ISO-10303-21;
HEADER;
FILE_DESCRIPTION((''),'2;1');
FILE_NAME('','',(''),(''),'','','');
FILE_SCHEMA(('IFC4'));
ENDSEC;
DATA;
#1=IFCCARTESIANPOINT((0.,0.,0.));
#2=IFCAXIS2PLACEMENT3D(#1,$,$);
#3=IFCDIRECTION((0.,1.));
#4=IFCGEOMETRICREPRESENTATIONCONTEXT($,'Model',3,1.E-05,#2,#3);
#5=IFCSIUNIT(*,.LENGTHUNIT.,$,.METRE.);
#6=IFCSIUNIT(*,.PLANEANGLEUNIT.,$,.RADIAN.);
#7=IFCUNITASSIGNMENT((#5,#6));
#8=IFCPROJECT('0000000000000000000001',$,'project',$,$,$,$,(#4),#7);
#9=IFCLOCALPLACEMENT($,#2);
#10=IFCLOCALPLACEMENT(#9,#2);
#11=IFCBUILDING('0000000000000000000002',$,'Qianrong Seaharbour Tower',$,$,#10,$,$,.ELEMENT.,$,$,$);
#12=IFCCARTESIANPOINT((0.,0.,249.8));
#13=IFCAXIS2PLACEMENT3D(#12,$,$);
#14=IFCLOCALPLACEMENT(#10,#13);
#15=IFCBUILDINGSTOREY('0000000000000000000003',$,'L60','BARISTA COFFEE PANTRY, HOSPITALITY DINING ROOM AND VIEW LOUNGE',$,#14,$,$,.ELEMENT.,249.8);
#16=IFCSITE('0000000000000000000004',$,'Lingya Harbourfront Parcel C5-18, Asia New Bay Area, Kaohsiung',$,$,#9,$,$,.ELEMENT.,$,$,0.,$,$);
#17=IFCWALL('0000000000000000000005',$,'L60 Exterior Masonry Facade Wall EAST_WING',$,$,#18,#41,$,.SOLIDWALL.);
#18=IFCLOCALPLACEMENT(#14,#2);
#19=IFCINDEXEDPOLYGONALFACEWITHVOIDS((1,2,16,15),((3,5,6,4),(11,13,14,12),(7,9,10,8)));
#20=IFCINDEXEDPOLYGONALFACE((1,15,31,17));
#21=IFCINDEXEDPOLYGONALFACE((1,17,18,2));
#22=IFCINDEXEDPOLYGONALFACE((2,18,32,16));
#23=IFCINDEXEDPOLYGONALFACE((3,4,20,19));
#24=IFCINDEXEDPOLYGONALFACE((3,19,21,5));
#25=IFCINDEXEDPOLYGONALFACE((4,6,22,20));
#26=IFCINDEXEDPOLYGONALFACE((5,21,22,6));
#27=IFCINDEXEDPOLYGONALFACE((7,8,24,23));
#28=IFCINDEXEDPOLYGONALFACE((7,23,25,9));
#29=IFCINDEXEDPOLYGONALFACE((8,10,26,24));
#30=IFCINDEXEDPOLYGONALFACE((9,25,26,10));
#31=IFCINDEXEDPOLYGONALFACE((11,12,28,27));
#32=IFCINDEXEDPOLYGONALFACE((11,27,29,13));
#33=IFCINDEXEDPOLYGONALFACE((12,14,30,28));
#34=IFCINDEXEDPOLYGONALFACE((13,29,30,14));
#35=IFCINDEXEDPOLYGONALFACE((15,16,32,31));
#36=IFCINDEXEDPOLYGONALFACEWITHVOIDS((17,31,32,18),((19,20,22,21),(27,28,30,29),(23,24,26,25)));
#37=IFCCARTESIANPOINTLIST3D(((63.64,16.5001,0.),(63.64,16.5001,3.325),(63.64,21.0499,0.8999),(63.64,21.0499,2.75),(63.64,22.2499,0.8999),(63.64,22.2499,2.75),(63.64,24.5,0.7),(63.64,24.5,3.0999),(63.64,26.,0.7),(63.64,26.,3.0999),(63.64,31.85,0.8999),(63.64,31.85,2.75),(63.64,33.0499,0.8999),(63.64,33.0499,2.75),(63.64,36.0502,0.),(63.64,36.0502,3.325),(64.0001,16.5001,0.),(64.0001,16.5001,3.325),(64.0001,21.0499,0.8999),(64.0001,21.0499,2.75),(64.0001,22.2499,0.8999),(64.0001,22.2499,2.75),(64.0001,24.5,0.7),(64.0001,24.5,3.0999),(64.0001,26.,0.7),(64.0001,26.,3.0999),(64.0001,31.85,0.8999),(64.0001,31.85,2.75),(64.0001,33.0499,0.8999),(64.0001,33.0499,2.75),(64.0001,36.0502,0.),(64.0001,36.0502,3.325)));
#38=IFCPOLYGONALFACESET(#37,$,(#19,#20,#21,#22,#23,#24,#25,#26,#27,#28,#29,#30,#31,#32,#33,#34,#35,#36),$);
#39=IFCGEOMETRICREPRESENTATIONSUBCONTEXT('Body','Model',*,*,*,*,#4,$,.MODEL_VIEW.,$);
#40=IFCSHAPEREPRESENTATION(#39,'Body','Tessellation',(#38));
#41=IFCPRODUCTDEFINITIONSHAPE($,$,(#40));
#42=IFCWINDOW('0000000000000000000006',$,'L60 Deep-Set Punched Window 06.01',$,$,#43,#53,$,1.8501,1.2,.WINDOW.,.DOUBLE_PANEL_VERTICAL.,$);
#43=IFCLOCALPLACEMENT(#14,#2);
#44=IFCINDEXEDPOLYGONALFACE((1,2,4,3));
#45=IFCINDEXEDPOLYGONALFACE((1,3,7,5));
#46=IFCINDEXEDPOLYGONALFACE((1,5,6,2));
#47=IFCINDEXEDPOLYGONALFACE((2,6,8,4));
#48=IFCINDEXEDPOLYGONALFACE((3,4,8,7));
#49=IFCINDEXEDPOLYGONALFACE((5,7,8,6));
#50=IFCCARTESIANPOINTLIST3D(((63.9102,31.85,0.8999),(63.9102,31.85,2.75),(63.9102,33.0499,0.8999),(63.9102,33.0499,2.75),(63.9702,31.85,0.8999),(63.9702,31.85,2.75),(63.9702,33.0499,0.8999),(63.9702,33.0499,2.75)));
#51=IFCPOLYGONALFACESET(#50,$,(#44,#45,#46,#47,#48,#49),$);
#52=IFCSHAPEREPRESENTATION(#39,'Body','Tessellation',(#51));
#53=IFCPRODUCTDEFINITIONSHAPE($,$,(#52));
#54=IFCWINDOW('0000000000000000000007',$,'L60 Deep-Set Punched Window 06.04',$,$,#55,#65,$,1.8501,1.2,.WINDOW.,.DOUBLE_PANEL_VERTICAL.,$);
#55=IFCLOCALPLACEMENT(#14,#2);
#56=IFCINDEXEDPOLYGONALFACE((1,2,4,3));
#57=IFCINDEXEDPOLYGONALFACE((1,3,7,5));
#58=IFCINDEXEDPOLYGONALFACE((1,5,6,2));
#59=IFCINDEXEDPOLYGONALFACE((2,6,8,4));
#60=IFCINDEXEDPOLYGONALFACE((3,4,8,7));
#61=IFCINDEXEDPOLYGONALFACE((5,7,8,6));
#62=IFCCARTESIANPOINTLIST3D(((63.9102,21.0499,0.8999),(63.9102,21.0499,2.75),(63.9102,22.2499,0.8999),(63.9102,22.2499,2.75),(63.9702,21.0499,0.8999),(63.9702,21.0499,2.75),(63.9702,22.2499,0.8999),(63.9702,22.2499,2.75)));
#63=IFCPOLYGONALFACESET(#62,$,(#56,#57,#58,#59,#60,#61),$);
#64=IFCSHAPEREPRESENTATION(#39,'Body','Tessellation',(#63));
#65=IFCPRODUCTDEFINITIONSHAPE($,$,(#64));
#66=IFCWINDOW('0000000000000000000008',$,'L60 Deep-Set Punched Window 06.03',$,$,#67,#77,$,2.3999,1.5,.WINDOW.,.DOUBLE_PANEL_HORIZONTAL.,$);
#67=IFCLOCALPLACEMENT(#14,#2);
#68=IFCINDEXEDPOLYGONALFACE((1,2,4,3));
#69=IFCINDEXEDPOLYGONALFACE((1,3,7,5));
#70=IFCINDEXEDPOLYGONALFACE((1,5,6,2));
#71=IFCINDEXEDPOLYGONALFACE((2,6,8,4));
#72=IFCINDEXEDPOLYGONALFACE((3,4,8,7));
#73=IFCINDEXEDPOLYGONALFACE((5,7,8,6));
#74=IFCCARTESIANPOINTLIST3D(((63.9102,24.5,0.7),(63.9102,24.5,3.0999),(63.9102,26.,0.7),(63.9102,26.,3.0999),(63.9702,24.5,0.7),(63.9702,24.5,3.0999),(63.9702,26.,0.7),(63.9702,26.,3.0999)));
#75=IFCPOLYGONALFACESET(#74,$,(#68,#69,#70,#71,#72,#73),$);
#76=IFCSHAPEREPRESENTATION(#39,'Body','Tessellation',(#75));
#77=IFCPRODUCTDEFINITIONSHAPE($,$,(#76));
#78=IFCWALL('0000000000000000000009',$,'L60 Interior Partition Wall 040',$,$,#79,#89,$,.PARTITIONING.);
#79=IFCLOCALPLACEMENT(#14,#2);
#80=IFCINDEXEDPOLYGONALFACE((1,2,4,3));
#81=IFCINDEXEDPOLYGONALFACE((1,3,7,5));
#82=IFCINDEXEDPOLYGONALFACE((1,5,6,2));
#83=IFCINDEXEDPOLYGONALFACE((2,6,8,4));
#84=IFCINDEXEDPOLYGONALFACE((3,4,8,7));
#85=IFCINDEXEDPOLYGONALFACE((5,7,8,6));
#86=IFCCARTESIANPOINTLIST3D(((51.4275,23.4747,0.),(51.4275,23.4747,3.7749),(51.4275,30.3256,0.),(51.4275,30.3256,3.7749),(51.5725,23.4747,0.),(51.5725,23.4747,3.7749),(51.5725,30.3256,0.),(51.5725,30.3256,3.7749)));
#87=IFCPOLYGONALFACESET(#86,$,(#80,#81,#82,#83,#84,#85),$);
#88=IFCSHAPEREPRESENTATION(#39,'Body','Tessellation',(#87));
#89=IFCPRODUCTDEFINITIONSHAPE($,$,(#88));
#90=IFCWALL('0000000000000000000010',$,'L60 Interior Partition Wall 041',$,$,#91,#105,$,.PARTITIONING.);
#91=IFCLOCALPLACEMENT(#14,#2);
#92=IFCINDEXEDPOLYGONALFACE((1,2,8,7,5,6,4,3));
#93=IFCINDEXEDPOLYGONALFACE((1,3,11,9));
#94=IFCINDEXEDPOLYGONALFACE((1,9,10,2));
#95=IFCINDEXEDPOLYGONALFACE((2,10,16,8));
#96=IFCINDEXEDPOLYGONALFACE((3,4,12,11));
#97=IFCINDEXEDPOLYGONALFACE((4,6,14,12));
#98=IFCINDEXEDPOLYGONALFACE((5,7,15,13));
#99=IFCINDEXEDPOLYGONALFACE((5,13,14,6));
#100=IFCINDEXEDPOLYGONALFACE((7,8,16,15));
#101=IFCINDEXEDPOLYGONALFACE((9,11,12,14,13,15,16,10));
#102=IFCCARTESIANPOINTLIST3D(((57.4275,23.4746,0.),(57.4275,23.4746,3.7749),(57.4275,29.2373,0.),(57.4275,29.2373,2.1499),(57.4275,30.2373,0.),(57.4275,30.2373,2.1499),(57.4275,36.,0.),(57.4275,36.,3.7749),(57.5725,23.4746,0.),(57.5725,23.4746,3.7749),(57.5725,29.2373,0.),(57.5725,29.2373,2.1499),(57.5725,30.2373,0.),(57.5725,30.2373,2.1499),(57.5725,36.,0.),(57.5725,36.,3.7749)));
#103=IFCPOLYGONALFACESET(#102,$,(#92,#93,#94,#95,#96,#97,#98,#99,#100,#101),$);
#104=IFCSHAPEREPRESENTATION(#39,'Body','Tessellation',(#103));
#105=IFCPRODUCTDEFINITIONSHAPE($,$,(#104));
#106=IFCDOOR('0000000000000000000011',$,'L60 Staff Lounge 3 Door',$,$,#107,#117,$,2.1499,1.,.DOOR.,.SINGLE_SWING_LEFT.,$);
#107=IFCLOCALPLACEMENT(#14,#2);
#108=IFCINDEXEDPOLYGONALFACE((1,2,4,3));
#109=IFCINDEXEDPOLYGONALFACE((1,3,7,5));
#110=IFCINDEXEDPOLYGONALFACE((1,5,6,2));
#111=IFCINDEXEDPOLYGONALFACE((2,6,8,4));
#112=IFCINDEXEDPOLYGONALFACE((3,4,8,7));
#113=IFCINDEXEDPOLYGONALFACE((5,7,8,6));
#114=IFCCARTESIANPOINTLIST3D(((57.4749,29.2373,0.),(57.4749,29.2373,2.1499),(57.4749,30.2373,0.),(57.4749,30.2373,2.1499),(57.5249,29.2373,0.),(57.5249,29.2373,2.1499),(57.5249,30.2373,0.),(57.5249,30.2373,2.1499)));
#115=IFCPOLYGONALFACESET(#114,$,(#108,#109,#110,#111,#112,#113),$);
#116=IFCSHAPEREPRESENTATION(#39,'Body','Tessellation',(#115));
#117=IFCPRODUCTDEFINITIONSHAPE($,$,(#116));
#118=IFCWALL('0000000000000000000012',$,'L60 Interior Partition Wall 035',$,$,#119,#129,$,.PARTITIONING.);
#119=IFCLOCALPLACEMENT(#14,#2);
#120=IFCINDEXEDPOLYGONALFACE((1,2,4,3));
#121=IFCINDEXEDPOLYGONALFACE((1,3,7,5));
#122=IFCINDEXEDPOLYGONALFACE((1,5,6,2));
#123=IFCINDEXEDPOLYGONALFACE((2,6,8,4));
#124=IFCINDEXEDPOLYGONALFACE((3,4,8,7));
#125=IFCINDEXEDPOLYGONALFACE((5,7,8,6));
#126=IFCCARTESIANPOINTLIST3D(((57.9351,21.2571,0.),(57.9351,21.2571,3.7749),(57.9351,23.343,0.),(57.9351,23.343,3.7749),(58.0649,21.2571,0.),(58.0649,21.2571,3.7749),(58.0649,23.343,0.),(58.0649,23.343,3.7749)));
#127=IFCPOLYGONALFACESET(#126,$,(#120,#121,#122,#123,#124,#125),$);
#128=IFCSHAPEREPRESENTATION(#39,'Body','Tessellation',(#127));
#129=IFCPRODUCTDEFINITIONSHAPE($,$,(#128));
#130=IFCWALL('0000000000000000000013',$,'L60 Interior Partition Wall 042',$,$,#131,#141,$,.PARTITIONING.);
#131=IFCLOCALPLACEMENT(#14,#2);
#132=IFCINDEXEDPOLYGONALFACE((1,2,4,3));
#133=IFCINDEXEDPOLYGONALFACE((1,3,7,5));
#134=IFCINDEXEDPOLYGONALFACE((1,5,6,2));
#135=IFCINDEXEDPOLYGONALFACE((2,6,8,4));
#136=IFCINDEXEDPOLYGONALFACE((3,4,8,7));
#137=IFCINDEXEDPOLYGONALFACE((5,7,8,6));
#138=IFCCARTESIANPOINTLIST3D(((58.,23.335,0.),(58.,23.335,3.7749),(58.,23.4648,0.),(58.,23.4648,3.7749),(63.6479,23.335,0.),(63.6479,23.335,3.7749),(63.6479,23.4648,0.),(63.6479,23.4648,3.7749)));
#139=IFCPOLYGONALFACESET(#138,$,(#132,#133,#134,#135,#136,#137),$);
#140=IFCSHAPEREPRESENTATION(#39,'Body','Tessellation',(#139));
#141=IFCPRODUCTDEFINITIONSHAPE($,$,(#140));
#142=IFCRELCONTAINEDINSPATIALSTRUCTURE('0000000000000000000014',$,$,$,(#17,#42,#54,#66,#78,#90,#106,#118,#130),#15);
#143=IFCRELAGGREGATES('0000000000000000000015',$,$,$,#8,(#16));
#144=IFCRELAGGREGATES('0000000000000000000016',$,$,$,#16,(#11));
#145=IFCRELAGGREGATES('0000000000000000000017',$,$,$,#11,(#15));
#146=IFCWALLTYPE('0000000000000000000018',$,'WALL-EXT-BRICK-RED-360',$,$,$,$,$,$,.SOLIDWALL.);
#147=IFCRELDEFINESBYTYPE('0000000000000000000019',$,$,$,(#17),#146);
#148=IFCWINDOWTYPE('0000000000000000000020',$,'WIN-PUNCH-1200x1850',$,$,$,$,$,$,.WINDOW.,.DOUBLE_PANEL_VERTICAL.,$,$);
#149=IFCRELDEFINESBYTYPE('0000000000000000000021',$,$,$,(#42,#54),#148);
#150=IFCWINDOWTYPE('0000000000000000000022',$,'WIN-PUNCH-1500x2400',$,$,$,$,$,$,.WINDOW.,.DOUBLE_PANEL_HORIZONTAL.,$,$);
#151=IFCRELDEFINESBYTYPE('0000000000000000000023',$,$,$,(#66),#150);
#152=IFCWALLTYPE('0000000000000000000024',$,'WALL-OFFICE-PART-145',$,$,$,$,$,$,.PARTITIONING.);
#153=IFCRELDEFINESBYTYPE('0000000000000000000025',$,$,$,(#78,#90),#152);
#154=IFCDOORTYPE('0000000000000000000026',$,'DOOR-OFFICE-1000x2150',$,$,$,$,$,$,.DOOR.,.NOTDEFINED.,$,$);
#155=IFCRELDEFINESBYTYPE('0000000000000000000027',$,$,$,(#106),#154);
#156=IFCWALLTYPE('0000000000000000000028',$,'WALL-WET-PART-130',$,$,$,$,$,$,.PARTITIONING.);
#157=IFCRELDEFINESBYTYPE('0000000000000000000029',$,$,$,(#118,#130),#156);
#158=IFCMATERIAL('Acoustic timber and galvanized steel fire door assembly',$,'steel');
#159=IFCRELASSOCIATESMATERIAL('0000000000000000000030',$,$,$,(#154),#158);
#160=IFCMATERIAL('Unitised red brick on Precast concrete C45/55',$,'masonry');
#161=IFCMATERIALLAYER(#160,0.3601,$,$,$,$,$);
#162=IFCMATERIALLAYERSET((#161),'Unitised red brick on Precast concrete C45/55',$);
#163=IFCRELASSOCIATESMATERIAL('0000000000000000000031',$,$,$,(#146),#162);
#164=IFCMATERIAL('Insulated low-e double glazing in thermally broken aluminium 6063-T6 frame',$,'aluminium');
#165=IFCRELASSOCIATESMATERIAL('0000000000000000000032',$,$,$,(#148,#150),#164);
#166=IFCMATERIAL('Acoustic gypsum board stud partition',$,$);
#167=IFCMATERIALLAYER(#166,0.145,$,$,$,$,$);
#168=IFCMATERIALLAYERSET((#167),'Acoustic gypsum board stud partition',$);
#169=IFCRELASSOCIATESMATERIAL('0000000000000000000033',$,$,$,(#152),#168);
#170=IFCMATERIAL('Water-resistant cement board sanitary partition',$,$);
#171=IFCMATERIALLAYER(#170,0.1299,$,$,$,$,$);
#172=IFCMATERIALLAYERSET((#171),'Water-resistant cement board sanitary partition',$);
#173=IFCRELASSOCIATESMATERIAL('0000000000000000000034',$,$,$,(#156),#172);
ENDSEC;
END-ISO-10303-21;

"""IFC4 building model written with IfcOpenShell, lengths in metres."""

from ifc_helpers import new_model, si_unit, direction, frame, frame_2d, origin, place, context, subcontext, project, spatial, rectangle, extrude, material, layer, layer_set, type_object, element, fill, save


model = new_model("IFC4")

# Units and contexts
model_context = context("Model", 3, precision=1e-05, world=origin(), true_north=direction((0.0, 1.0)))
body_context = subcontext(model_context, "Body", "Model", "MODEL_VIEW")
ifc_project = project(units=[si_unit("LENGTHUNIT", "METRE"), si_unit("PLANEANGLEUNIT", "RADIAN")], contexts=[model_context])

# Site, building, storey
site_placement = place(None, origin())
site = spatial("IfcSite", under=ifc_project, at=site_placement, Name="Lingya Harbourfront Parcel C5-18, Asia New Bay Area, Kaohsiung", CompositionType="ELEMENT", RefElevation=0.0)
building_placement = place(site_placement, origin())
building = spatial("IfcBuilding", under=site, at=building_placement, Name="Qianrong Seaharbour Tower", CompositionType="ELEMENT")
storey_placement = place(building_placement, frame((0.0, 0.0, 249.8)))
storey = spatial("IfcBuildingStorey", under=building, at=storey_placement, Name="L60", Description="BARISTA COFFEE PANTRY, HOSPITALITY DINING ROOM AND VIEW LOUNGE", CompositionType="ELEMENT", Elevation=249.8)

# Shared definitions
ifc_material_1 = material(Name="Acoustic timber and galvanized steel fire door assembly", Category="steel")
door_type = type_object("IfcDoorType", Name="DOOR-OFFICE-1000x2150", OperationType="NOTDEFINED", PredefinedType="DOOR", material=ifc_material_1)

# Wall, openings, windows
ifc_material_2 = material(Name="Unitised red brick on Precast concrete C45/55", Category="masonry")
ifc_layer_1 = layer(ifc_material_2, 0.3601)
ifc_layer_set_1 = layer_set([ifc_layer_1], Name="Unitised red brick on Precast concrete C45/55")
wall_type_1 = type_object("IfcWallType", Name="WALL-EXT-BRICK-RED-360", PredefinedType="SOLIDWALL", material=ifc_layer_set_1)
wall_1_placement = place(storey_placement, frame((63.8201, 36.05, 0.0), z_axis=(0.0, 0.0, 1.0), x_axis=(0.0, -1.0, 0.0)))
wall_1 = element("IfcWall", 1, at=wall_1_placement, inside=storey, type_object=wall_type_1, Name="L60 Exterior Masonry Facade Wall EAST_WING", PredefinedType="SOLIDWALL", context=body_context, shape_type="SweptSolid", body=[
    extrude(rectangle(XDim=19.55, YDim=0.3601, at=frame_2d((9.7749, 0.0))), origin(), (0.0, 0.0, 1.0), 3.325),
])
opening_1_placement = place(wall_1_placement, frame((3.0, 0.0, 0.8999)))
opening_1 = element("IfcOpeningElement", 2, at=opening_1_placement, cuts=wall_1, PredefinedType="OPENING", context=body_context, shape_type="SweptSolid", body=[
    extrude(rectangle(XDim=1.2, YDim=1.8501, at=frame_2d((0.6001, 0.925))), frame((0.0, 0.1899, 0.0), z_axis=(0.0, -1.0, 0.0), x_axis=(1.0, 0.0, 0.0)), (0.0, 0.0, 1.0), 0.3801),
])
opening_2_placement = place(wall_1_placement, frame((10.05, 0.0, 0.7)))
opening_2 = element("IfcOpeningElement", 3, at=opening_2_placement, cuts=wall_1, PredefinedType="OPENING", context=body_context, shape_type="SweptSolid", body=[
    extrude(rectangle(XDim=1.5, YDim=2.3999, at=frame_2d((0.75, 1.2))), frame((0.0, 0.1899, 0.0), z_axis=(0.0, -1.0, 0.0), x_axis=(1.0, 0.0, 0.0)), (0.0, 0.0, 1.0), 0.3801),
])
opening_3_placement = place(wall_1_placement, frame((13.8, 0.0, 0.8999)))
opening_3 = element("IfcOpeningElement", 4, at=opening_3_placement, cuts=wall_1, PredefinedType="OPENING", context=body_context, shape_type="SweptSolid", body=[
    extrude(rectangle(XDim=1.2, YDim=1.8501, at=frame_2d((0.6001, 0.925))), frame((0.0, 0.1899, 0.0), z_axis=(0.0, -1.0, 0.0), x_axis=(1.0, 0.0, 0.0)), (0.0, 0.0, 1.0), 0.3801),
])
ifc_material_3 = material(Name="Insulated low-e double glazing in thermally broken aluminium 6063-T6 frame", Category="aluminium")
window_type_1 = type_object("IfcWindowType", Name="WIN-PUNCH-1200x1850", PartitioningType="DOUBLE_PANEL_VERTICAL", PredefinedType="WINDOW", material=ifc_material_3)
window_1_placement = place(opening_1_placement, origin())
window_1 = element("IfcWindow", 5, at=window_1_placement, inside=storey, type_object=window_type_1, Name="L60 Deep-Set Punched Window 06.01", OverallHeight=1.8501, OverallWidth=1.2, PartitioningType="DOUBLE_PANEL_VERTICAL", PredefinedType="WINDOW", context=body_context, shape_type="SweptSolid", body=[
    extrude(rectangle(XDim=1.2, YDim=1.8501, at=frame_2d((0.6001, 0.925))), frame((0.0, 0.1501, 0.0), z_axis=(0.0, -1.0, 0.0), x_axis=(1.0, 0.0, 0.0)), (0.0, 0.0, 1.0), 0.0601),
])
fill(opening_1, window_1)
window_2_placement = place(opening_3_placement, origin())
window_2 = element("IfcWindow", 6, at=window_2_placement, inside=storey, type_object=window_type_1, Name="L60 Deep-Set Punched Window 06.04", OverallHeight=1.8501, OverallWidth=1.2, PartitioningType="DOUBLE_PANEL_VERTICAL", PredefinedType="WINDOW", context=body_context, shape_type="SweptSolid", body=[
    extrude(rectangle(XDim=1.2, YDim=1.8501, at=frame_2d((0.6001, 0.925))), frame((0.0, 0.1501, 0.0), z_axis=(0.0, -1.0, 0.0), x_axis=(1.0, 0.0, 0.0)), (0.0, 0.0, 1.0), 0.0601),
])
fill(opening_3, window_2)
window_type_2 = type_object("IfcWindowType", Name="WIN-PUNCH-1500x2400", PartitioningType="DOUBLE_PANEL_HORIZONTAL", PredefinedType="WINDOW", material=ifc_material_3)
window_3_placement = place(opening_2_placement, origin())
window_3 = element("IfcWindow", 7, at=window_3_placement, inside=storey, type_object=window_type_2, Name="L60 Deep-Set Punched Window 06.03", OverallHeight=2.3999, OverallWidth=1.5, PartitioningType="DOUBLE_PANEL_HORIZONTAL", PredefinedType="WINDOW", context=body_context, shape_type="SweptSolid", body=[
    extrude(rectangle(XDim=1.5, YDim=2.3999, at=frame_2d((0.75, 1.2))), frame((0.0, 0.1501, 0.0), z_axis=(0.0, -1.0, 0.0), x_axis=(1.0, 0.0, 0.0)), (0.0, 0.0, 1.0), 0.0601),
])
fill(opening_2, window_3)

# Wall
ifc_material_4 = material(Name="Acoustic gypsum board stud partition")
ifc_layer_2 = layer(ifc_material_4, 0.145)
ifc_layer_set_2 = layer_set([ifc_layer_2], Name="Acoustic gypsum board stud partition")
wall_type_2 = type_object("IfcWallType", Name="WALL-OFFICE-PART-145", PredefinedType="PARTITIONING", material=ifc_layer_set_2)
wall_2_placement = place(storey_placement, frame((51.5, 30.3254, 0.0), z_axis=(0.0, 0.0, 1.0), x_axis=(0.0, -1.0, 0.0)))
element("IfcWall", 8, at=wall_2_placement, inside=storey, type_object=wall_type_2, Name="L60 Interior Partition Wall 040", PredefinedType="PARTITIONING", context=body_context, shape_type="SweptSolid", body=[
    extrude(rectangle(XDim=6.8508, YDim=0.145, at=frame_2d((3.4253, 0.0))), origin(), (0.0, 0.0, 1.0), 3.7749),
])

# Wall, opening, door
wall_3_placement = place(storey_placement, frame((57.5, 36.0, 0.0), z_axis=(0.0, 0.0, 1.0), x_axis=(0.0, -1.0, 0.0)))
wall_3 = element("IfcWall", 9, at=wall_3_placement, inside=storey, type_object=wall_type_2, Name="L60 Interior Partition Wall 041", PredefinedType="PARTITIONING", context=body_context, shape_type="SweptSolid", body=[
    extrude(rectangle(XDim=12.5254, YDim=0.145, at=frame_2d((6.2627, 0.0))), origin(), (0.0, 0.0, 1.0), 3.7749),
])
opening_4_placement = place(wall_3_placement, frame((5.7627, 0.0, 0.0)))
opening_4 = element("IfcOpeningElement", 10, at=opening_4_placement, cuts=wall_3, PredefinedType="OPENING", context=body_context, shape_type="SweptSolid", body=[
    extrude(rectangle(XDim=1.0, YDim=2.1499, at=frame_2d((0.5, 1.075))), frame((0.0, 0.0825, 0.0), z_axis=(0.0, -1.0, 0.0), x_axis=(1.0, 0.0, 0.0)), (0.0, 0.0, 1.0), 0.165),
])
door_1_placement = place(opening_4_placement, origin())
door_1 = element("IfcDoor", 11, at=door_1_placement, inside=storey, type_object=door_type, Name="L60 Staff Lounge 3 Door", OperationType="SINGLE_SWING_LEFT", OverallHeight=2.1499, OverallWidth=1.0, PredefinedType="DOOR", context=body_context, shape_type="SweptSolid", body=[
    extrude(rectangle(XDim=1.0, YDim=2.1499, at=frame_2d((0.5, 1.075))), frame((0.0, 0.0249, 0.0), z_axis=(0.0, -1.0, 0.0), x_axis=(1.0, 0.0, 0.0)), (0.0, 0.0, 1.0), 0.05),
])
fill(opening_4, door_1)

# Walls
ifc_material_5 = material(Name="Water-resistant cement board sanitary partition")
ifc_layer_3 = layer(ifc_material_5, 0.1299)
ifc_layer_set_3 = layer_set([ifc_layer_3], Name="Water-resistant cement board sanitary partition")
wall_type_3 = type_object("IfcWallType", Name="WALL-WET-PART-130", PredefinedType="PARTITIONING", material=ifc_layer_set_3)
wall_4_placement = place(storey_placement, frame((58.0, 23.343, 0.0), z_axis=(0.0, 0.0, 1.0), x_axis=(0.0, -1.0, 0.0)))
element("IfcWall", 12, at=wall_4_placement, inside=storey, type_object=wall_type_3, Name="L60 Interior Partition Wall 035", PredefinedType="PARTITIONING", context=body_context, shape_type="SweptSolid", body=[
    extrude(rectangle(XDim=2.0859, YDim=0.1299, at=frame_2d((1.043, 0.0))), origin(), (0.0, 0.0, 1.0), 3.7749),
])
wall_5_placement = place(storey_placement, frame((63.6479, 23.3999, 0.0), z_axis=(0.0, 0.0, 1.0), x_axis=(-1.0, 0.0, 0.0)))
element("IfcWall", 13, at=wall_5_placement, inside=storey, type_object=wall_type_3, Name="L60 Interior Partition Wall 042", PredefinedType="PARTITIONING", context=body_context, shape_type="SweptSolid", body=[
    extrude(rectangle(XDim=5.6479, YDim=0.1299, at=frame_2d((2.824, 0.0))), origin(), (0.0, 0.0, 1.0), 3.7749),
])

save(model, "model.ifc")
